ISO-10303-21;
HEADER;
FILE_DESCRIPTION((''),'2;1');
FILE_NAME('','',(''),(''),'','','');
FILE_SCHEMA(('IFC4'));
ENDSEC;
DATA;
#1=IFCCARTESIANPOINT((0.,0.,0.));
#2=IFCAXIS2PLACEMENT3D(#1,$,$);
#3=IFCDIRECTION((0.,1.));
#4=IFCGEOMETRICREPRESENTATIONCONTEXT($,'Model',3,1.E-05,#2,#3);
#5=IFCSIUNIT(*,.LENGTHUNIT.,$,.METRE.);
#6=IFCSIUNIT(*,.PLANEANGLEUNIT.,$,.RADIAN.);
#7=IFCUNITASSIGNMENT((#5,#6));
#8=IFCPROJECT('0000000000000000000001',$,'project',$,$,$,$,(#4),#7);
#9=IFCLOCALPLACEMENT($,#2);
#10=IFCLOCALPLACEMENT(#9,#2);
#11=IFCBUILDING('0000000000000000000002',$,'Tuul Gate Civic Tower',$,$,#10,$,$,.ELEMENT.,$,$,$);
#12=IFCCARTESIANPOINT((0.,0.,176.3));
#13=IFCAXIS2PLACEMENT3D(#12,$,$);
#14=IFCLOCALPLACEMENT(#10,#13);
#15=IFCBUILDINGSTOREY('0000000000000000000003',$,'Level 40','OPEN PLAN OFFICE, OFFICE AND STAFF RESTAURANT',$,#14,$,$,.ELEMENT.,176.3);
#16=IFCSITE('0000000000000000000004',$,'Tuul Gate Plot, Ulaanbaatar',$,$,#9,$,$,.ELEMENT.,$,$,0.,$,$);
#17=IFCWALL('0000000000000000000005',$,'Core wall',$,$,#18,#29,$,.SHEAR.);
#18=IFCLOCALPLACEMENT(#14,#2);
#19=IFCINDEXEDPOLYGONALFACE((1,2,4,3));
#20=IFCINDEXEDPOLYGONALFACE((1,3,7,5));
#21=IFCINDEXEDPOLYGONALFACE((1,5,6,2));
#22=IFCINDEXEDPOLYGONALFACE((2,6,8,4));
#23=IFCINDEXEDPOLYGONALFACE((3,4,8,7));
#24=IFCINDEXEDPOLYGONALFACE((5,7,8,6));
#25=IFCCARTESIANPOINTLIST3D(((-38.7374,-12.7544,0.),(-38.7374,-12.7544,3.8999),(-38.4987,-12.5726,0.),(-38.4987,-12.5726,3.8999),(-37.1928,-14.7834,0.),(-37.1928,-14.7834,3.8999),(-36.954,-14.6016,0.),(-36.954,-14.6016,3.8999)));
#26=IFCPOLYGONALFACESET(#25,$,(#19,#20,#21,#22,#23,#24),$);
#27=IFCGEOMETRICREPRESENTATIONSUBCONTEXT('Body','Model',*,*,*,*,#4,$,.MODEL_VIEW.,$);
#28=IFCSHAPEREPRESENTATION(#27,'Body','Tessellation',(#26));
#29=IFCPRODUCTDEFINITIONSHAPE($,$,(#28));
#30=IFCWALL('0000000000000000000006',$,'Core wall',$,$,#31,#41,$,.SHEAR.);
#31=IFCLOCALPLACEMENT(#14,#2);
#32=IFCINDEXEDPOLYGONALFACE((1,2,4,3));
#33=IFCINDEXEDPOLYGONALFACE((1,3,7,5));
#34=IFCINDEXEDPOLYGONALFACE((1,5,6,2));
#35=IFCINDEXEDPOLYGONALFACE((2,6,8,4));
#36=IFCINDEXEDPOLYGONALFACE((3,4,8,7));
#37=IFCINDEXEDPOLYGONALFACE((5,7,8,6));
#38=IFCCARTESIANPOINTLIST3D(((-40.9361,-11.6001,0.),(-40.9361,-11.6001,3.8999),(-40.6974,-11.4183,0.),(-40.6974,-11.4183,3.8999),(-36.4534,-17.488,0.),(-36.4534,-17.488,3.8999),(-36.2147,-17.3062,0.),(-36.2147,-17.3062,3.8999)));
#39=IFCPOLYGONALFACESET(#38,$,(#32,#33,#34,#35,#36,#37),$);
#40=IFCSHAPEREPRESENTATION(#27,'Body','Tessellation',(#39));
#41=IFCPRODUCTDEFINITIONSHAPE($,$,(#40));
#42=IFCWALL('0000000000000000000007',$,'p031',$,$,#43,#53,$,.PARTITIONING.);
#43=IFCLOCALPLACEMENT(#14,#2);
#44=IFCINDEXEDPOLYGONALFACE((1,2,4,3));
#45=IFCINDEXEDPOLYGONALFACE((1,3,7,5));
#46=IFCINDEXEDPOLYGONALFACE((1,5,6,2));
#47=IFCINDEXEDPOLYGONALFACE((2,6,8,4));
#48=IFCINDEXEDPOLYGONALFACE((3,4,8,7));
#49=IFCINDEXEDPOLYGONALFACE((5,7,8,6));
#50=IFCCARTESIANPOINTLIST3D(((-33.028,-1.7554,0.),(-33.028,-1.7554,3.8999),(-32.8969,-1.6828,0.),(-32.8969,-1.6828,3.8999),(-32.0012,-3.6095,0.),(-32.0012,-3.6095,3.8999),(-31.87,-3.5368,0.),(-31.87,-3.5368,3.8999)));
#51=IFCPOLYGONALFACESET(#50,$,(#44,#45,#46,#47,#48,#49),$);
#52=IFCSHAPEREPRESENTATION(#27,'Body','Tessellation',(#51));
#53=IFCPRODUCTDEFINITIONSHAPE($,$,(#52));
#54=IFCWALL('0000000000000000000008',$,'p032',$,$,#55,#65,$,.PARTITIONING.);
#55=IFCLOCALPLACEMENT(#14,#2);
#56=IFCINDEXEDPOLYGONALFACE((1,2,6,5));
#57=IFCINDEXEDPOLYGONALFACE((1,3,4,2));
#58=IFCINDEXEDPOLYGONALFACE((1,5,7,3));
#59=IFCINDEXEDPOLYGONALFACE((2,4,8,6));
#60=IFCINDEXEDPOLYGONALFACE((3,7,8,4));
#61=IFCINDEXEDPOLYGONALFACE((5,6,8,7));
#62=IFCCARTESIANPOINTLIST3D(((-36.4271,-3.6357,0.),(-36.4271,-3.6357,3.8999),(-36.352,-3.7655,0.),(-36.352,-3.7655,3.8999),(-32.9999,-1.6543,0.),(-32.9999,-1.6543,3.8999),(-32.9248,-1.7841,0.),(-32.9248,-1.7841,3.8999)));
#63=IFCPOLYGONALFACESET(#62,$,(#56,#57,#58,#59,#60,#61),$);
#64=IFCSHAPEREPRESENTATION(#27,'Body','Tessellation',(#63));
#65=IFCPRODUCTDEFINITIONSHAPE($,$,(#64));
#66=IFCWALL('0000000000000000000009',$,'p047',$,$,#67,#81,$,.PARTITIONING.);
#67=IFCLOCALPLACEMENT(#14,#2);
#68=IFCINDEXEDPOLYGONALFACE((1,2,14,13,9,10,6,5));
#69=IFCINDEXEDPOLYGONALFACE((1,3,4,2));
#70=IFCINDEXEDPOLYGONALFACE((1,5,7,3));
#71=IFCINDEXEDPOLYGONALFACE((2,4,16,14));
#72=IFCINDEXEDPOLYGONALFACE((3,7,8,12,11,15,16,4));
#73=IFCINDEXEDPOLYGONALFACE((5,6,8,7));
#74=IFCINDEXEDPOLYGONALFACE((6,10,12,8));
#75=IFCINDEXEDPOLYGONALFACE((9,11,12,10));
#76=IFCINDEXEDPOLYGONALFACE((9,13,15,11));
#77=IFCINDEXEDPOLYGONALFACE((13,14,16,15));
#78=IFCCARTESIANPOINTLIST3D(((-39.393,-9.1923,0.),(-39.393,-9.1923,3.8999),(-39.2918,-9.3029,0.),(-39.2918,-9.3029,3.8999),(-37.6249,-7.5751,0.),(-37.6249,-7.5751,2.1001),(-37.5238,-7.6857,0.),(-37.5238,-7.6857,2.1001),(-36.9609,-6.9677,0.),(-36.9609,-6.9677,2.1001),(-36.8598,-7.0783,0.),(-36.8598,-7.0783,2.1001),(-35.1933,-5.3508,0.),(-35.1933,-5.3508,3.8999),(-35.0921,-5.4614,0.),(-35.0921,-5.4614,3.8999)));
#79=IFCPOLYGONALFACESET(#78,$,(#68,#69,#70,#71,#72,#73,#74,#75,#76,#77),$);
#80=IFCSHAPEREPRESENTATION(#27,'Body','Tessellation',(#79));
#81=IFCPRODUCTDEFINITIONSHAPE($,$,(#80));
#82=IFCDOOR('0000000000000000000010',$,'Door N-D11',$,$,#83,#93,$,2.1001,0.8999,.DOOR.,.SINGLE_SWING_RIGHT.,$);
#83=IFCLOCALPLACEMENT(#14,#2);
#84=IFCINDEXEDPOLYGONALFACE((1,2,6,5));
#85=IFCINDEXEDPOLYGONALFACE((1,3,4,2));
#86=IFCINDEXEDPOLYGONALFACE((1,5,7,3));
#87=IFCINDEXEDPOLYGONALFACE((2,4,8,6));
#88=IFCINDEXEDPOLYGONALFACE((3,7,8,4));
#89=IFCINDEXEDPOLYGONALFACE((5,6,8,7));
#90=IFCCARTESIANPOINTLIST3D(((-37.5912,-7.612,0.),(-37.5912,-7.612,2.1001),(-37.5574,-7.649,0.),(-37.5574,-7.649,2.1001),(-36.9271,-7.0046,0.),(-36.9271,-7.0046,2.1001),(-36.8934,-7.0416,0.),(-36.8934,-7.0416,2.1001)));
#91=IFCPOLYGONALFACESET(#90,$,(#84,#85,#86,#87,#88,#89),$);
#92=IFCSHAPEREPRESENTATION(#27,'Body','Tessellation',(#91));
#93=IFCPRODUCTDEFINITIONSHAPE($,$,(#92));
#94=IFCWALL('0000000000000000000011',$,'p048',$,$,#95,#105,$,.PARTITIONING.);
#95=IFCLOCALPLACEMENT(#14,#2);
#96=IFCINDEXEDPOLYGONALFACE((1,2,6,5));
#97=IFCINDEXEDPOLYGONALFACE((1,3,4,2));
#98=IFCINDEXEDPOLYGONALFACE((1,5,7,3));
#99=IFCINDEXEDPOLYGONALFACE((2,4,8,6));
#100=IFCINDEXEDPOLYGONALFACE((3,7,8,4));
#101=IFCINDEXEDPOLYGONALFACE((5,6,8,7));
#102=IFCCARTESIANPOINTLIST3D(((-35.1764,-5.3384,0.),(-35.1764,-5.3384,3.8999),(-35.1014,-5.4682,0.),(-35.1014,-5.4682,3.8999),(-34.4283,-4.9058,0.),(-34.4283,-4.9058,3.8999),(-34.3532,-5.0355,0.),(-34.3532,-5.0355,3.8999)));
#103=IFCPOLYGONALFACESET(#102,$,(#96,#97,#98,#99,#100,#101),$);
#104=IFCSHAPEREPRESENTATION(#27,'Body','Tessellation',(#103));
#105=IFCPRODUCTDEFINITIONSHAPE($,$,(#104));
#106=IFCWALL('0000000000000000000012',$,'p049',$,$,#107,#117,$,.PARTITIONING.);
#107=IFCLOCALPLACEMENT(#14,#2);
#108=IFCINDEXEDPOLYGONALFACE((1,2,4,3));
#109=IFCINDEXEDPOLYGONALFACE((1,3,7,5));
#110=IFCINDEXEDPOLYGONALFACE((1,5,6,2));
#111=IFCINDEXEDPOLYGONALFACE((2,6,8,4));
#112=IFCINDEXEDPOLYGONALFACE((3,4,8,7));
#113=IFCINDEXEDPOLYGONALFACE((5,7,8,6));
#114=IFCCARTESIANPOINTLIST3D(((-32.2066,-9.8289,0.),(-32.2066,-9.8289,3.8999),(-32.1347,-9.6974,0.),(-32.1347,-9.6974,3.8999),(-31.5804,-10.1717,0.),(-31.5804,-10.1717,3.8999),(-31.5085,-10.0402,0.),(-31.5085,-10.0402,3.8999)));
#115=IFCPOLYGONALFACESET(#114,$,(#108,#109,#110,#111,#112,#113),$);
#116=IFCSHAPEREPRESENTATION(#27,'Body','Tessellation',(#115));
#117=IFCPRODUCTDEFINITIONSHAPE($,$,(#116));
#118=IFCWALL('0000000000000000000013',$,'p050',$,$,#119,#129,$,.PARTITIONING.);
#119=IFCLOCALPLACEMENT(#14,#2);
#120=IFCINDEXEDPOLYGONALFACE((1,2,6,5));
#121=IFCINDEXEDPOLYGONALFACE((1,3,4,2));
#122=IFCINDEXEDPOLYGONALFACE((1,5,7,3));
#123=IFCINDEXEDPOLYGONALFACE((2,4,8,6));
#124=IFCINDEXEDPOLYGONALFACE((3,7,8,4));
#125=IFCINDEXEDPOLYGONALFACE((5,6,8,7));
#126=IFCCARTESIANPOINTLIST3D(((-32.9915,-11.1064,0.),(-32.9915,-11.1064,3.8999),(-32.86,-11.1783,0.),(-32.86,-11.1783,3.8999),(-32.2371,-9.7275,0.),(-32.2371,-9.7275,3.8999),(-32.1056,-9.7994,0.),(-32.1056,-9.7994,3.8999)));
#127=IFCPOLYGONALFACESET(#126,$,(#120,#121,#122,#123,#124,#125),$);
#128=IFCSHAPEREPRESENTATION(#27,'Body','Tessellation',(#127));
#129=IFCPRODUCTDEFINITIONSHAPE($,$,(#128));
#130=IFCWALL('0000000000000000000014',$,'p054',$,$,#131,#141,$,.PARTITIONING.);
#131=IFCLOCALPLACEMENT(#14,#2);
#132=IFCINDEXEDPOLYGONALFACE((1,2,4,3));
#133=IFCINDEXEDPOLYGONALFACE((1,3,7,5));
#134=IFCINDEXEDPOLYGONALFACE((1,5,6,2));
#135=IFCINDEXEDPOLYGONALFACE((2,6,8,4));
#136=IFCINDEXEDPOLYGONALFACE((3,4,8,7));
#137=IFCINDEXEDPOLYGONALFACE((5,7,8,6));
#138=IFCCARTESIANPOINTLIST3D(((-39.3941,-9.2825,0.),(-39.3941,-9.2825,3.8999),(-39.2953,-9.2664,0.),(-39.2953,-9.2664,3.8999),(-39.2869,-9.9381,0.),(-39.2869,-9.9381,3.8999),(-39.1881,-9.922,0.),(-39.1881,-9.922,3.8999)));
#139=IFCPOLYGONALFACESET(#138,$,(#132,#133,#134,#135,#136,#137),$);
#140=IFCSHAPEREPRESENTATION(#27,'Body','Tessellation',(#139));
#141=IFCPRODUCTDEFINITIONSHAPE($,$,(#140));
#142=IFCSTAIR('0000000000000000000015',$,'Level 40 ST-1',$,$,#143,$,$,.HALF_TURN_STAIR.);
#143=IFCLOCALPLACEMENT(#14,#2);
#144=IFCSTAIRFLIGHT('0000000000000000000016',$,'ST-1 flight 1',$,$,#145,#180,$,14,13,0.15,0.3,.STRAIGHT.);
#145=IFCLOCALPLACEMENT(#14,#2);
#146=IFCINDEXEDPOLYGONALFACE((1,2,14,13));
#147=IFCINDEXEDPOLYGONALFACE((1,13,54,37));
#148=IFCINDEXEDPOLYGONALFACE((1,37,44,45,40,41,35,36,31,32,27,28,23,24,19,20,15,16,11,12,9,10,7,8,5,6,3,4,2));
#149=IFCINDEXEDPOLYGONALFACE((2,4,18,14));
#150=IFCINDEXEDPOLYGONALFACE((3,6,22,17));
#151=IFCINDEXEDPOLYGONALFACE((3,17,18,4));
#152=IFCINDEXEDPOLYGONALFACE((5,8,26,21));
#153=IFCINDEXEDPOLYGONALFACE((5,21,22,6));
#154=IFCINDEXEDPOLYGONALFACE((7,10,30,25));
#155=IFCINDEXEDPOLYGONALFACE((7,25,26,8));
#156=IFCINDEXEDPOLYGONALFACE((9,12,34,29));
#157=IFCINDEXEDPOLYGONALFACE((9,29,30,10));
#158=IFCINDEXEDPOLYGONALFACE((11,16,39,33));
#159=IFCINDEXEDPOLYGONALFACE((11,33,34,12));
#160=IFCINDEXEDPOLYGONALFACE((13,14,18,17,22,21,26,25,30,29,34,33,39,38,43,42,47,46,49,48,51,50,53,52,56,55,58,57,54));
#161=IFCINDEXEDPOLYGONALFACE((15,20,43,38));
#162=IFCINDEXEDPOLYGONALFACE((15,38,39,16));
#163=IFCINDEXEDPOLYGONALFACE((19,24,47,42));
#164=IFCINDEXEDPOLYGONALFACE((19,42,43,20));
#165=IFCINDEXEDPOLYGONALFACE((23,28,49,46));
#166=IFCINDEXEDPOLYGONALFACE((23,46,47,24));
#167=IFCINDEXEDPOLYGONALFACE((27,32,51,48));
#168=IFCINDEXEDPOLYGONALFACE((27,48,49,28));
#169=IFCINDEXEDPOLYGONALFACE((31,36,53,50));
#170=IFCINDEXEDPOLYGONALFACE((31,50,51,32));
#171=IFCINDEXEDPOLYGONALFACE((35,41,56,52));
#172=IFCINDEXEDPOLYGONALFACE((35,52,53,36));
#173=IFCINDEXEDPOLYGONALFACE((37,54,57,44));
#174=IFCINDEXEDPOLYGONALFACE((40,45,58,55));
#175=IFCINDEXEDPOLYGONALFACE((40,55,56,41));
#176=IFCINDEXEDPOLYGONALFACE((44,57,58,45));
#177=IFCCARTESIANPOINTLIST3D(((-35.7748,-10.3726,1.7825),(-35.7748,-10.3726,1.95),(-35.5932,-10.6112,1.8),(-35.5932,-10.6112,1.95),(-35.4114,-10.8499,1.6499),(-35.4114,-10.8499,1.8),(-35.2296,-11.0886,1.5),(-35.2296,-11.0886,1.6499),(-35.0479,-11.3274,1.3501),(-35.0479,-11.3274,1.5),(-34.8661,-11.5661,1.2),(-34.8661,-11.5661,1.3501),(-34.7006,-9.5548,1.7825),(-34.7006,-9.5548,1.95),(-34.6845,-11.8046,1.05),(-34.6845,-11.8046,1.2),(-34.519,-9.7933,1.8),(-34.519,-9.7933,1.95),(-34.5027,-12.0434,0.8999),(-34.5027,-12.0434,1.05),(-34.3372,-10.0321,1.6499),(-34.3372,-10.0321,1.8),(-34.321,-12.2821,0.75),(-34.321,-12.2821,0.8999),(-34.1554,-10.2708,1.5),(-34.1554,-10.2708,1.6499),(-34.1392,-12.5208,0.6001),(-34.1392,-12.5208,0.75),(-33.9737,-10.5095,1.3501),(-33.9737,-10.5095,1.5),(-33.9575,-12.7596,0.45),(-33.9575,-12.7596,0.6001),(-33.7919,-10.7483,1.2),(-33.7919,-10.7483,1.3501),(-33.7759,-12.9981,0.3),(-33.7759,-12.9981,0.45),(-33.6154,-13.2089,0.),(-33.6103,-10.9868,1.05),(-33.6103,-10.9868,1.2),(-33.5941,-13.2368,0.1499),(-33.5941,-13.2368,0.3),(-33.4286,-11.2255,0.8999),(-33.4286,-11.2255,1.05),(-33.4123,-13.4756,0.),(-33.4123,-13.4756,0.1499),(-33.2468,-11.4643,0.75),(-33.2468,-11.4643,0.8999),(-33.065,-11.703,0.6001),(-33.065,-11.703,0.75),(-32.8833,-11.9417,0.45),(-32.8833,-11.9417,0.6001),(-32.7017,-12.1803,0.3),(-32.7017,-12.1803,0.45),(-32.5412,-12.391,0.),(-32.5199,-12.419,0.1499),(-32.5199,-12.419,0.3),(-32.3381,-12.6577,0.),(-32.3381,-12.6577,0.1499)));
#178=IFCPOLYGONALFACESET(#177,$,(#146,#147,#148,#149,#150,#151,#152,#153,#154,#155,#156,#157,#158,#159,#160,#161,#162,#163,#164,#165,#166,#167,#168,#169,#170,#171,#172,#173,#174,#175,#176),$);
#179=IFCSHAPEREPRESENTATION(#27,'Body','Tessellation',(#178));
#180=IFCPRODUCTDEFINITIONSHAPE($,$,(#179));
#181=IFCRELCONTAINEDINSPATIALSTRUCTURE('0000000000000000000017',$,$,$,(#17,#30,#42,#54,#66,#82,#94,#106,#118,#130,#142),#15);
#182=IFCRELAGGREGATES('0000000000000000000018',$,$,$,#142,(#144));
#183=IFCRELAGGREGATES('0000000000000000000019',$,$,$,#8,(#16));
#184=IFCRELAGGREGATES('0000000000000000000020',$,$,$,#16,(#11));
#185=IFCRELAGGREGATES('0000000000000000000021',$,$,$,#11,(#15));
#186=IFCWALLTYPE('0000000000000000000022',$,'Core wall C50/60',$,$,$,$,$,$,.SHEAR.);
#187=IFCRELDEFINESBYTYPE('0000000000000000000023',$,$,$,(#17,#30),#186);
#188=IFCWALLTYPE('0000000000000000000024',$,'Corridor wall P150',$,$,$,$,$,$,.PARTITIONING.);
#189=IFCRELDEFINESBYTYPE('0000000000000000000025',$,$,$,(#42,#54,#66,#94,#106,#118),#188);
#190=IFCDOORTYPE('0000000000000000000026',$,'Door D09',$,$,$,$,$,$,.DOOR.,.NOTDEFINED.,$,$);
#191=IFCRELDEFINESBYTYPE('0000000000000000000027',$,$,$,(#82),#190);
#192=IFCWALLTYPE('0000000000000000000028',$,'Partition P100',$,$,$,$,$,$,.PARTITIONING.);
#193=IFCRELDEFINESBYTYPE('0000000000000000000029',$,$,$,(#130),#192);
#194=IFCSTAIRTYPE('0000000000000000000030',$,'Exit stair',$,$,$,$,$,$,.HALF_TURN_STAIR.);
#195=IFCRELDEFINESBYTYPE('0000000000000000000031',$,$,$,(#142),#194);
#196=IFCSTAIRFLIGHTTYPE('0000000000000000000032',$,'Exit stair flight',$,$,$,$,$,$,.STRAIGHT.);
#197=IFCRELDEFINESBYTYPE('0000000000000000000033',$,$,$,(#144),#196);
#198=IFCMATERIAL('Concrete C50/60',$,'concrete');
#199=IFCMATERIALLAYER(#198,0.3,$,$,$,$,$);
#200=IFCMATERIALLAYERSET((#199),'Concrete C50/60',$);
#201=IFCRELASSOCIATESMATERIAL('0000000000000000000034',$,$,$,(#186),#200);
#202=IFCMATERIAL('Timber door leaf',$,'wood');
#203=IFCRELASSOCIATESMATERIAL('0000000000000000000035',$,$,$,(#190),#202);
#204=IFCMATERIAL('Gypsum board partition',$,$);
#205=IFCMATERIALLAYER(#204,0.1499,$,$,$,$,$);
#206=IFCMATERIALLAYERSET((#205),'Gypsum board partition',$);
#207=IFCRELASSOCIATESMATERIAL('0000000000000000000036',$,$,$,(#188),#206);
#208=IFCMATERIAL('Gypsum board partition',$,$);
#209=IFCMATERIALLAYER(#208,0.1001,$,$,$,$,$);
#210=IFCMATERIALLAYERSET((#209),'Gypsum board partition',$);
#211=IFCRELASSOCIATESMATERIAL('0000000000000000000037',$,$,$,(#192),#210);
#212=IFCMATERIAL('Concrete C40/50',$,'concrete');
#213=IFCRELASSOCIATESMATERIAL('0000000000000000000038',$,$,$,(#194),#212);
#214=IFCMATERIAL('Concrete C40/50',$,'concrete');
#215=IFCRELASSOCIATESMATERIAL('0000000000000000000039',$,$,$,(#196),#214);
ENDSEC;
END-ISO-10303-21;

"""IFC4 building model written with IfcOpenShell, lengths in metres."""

from ifc_helpers import new_model, si_unit, direction, frame, frame_2d, origin, place, context, subcontext, project, spatial, polyline, rectangle, outline, extrude, material, layer, layer_set, type_object, element, fill, aggregate, save


model = new_model("IFC4")

# Units and contexts
model_context = context("Model", 3, precision=1e-05, world=origin(), true_north=direction((0.0, 1.0)))
body_context = subcontext(model_context, "Body", "Model", "MODEL_VIEW")
ifc_project = project(units=[si_unit("LENGTHUNIT", "METRE"), si_unit("PLANEANGLEUNIT", "RADIAN")], contexts=[model_context])

# Site, building, storey
site_placement = place(None, origin())
site = spatial("IfcSite", under=ifc_project, at=site_placement, Name="Tuul Gate Plot, Ulaanbaatar", CompositionType="ELEMENT", RefElevation=0.0)
building_placement = place(site_placement, origin())
building = spatial("IfcBuilding", under=site, at=building_placement, Name="Tuul Gate Civic Tower", CompositionType="ELEMENT")
storey_placement = place(building_placement, frame((0.0, 0.0, 176.3)))
storey = spatial("IfcBuildingStorey", under=building, at=storey_placement, Name="Level 40", Description="OPEN PLAN OFFICE, OFFICE AND STAFF RESTAURANT", CompositionType="ELEMENT", Elevation=176.3)

# Shared definitions
ifc_material_1 = material(Name="Concrete C50/60", Category="concrete")
ifc_layer_1 = layer(ifc_material_1, 0.3)
ifc_layer_set_1 = layer_set([ifc_layer_1], Name="Concrete C50/60")
wall_type_1 = type_object("IfcWallType", Name="Core wall C50/60", PredefinedType="SHEAR", material=ifc_layer_set_1)

# Shared definitions
ifc_material_2 = material(Name="Timber door leaf", Category="wood")
door_type_1 = type_object("IfcDoorType", Name="Door D09", OperationType="NOTDEFINED", PredefinedType="DOOR", material=ifc_material_2)

# Walls
wall_1_placement = place(storey_placement, frame((-37.0735, -14.6924, 0.0), z_axis=(0.0, 0.0, 1.0), x_axis=(-0.605729, 0.795671, 0.0)))
element("IfcWall", 1, at=wall_1_placement, inside=storey, type_object=wall_type_1, Name="Core wall", PredefinedType="SHEAR", context=body_context, shape_type="SweptSolid", body=[
    extrude(rectangle(XDim=2.55, YDim=0.3, at=frame_2d((1.2749, 0.0))), origin(), (0.0, 0.0, 1.0), 3.8999),
])
wall_2_placement = place(storey_placement, frame((-36.334, -17.3972, 0.0), z_axis=(0.0, 0.0, 1.0), x_axis=(-0.605754, 0.795652, 0.0)))
element("IfcWall", 2, at=wall_2_placement, inside=storey, type_object=wall_type_1, Name="Core wall", PredefinedType="SHEAR", context=body_context, shape_type="SweptSolid", body=[
    extrude(rectangle(XDim=7.4001, YDim=0.3, at=frame_2d((3.7002, 0.0))), origin(), (0.0, 0.0, 1.0), 3.8999),
])
ifc_material_3 = material(Name="Gypsum board partition")
ifc_layer_2 = layer(ifc_material_3, 0.1499)
ifc_layer_set_2 = layer_set([ifc_layer_2], Name="Gypsum board partition")
wall_type_2 = type_object("IfcWallType", Name="Corridor wall P150", PredefinedType="PARTITIONING", material=ifc_layer_set_2)
wall_3_placement = place(storey_placement, frame((-32.9624, -1.7192, 0.0), z_axis=(0.0, 0.0, 1.0), x_axis=(0.484508, -0.874787, 0.0)))
element("IfcWall", 3, at=wall_3_placement, inside=storey, type_object=wall_type_2, Name="p031", PredefinedType="PARTITIONING", context=body_context, shape_type="SweptSolid", body=[
    extrude(rectangle(XDim=2.1194, YDim=0.1499, at=frame_2d((1.0596, 0.0))), origin(), (0.0, 0.0, 1.0), 3.8999),
])
wall_4_placement = place(storey_placement, frame((-36.3896, -3.7007, 0.0), z_axis=(0.0, 0.0, 1.0), x_axis=(0.865727, 0.500516, 0.0)))
element("IfcWall", 4, at=wall_4_placement, inside=storey, type_object=wall_type_2, Name="p032", PredefinedType="PARTITIONING", context=body_context, shape_type="SweptSolid", body=[
    extrude(rectangle(XDim=3.9587, YDim=0.1499, at=frame_2d((1.9795, 0.0))), origin(), (0.0, 0.0, 1.0), 3.8999),
])

# Wall, opening, door
wall_5_placement = place(storey_placement, frame((-39.3423, -9.2476, 0.0), z_axis=(0.0, 0.0, 1.0), x_axis=(0.737869, 0.674943, 0.0)))
wall_5 = element("IfcWall", 5, at=wall_5_placement, inside=storey, type_object=wall_type_2, Name="p047", PredefinedType="PARTITIONING", context=body_context, shape_type="SweptSolid", body=[
    extrude(rectangle(XDim=5.6917, YDim=0.1499, at=frame_2d((2.8457, 0.0))), origin(), (0.0, 0.0, 1.0), 3.8999),
])
opening_1_placement = place(wall_5_placement, frame((2.396, 0.0, 0.0)))
opening_1 = element("IfcOpeningElement", 6, at=opening_1_placement, cuts=wall_5, PredefinedType="OPENING", context=body_context, shape_type="SweptSolid", body=[
    extrude(rectangle(XDim=0.8999, YDim=2.1001, at=frame_2d((0.45, 1.05))), frame((0.0, 0.085, 0.0), z_axis=(0.0, -1.0, 0.0), x_axis=(1.0, 0.0, 0.0)), (0.0, 0.0, 1.0), 0.1699),
])
door_1_placement = place(opening_1_placement, origin())
door_1 = element("IfcDoor", 7, at=door_1_placement, inside=storey, type_object=door_type_1, Name="Door N-D11", OperationType="SINGLE_SWING_RIGHT", OverallHeight=2.1001, OverallWidth=0.8999, PredefinedType="DOOR", context=body_context, shape_type="SweptSolid", body=[
    extrude(rectangle(XDim=0.8999, YDim=2.1001, at=frame_2d((0.45, 1.05))), frame((0.0, 0.0249, 0.0), z_axis=(0.0, -1.0, 0.0), x_axis=(1.0, 0.0, 0.0)), (0.0, 0.0, 1.0), 0.05),
])
fill(opening_1, door_1)

# Walls
wall_6_placement = place(storey_placement, frame((-35.1389, -5.4033, 0.0), z_axis=(0.0, 0.0, 1.0), x_axis=(0.865658, 0.500635, 0.0)))
element("IfcWall", 8, at=wall_6_placement, inside=storey, type_object=wall_type_2, Name="p048", PredefinedType="PARTITIONING", context=body_context, shape_type="SweptSolid", body=[
    extrude(rectangle(XDim=0.8643, YDim=0.1499, at=frame_2d((0.4321, 0.0))), origin(), (0.0, 0.0, 1.0), 3.8999),
])
wall_7_placement = place(storey_placement, frame((-32.1707, -9.7632, 0.0), z_axis=(0.0, 0.0, 1.0), x_axis=(0.877189, -0.480145, 0.0)))
element("IfcWall", 9, at=wall_7_placement, inside=storey, type_object=wall_type_2, Name="p049", PredefinedType="PARTITIONING", context=body_context, shape_type="SweptSolid", body=[
    extrude(rectangle(XDim=0.7139, YDim=0.1499, at=frame_2d((0.3569, 0.0))), origin(), (0.0, 0.0, 1.0), 3.8999),
])
wall_8_placement = place(storey_placement, frame((-32.9258, -11.1423, 0.0), z_axis=(0.0, 0.0, 1.0), x_axis=(0.479962, 0.877289, 0.0)))
element("IfcWall", 10, at=wall_8_placement, inside=storey, type_object=wall_type_2, Name="p050", PredefinedType="PARTITIONING", context=body_context, shape_type="SweptSolid", body=[
    extrude(rectangle(XDim=1.5718, YDim=0.1499, at=frame_2d((0.7859, 0.0))), origin(), (0.0, 0.0, 1.0), 3.8999),
])
ifc_material_4 = material(Name="Gypsum board partition")
ifc_layer_3 = layer(ifc_material_4, 0.1001)
ifc_layer_set_3 = layer_set([ifc_layer_3], Name="Gypsum board partition")
wall_type_3 = type_object("IfcWallType", Name="Partition P100", PredefinedType="PARTITIONING", material=ifc_layer_set_3)
wall_9_placement = place(storey_placement, frame((-39.2375, -9.9299, 0.0), z_axis=(0.0, 0.0, 1.0), x_axis=(-0.161358, 0.986896, 0.0)))
element("IfcWall", 11, at=wall_9_placement, inside=storey, type_object=wall_type_3, Name="p054", PredefinedType="PARTITIONING", context=body_context, shape_type="SweptSolid", body=[
    extrude(rectangle(XDim=0.6643, YDim=0.1001, at=frame_2d((0.332, 0.0))), origin(), (0.0, 0.0, 1.0), 3.8999),
])

# Stair, stair flight
ifc_material_5 = material(Name="Concrete C40/50", Category="concrete")
stair_type = type_object("IfcStairType", Name="Exit stair", PredefinedType="HALF_TURN_STAIR", material=ifc_material_5)
stair_placement = place(storey_placement, origin())
stair = element("IfcStair", 12, at=stair_placement, inside=storey, type_object=stair_type, Name="Level 40 ST-1", PredefinedType="HALF_TURN_STAIR")
ifc_material_6 = material(Name="Concrete C40/50", Category="concrete")
stair_flight_type = type_object("IfcStairFlightType", Name="Exit stair flight", PredefinedType="STRAIGHT", material=ifc_material_6)
stair_flight_1_placement = place(storey_placement, frame((-32.8752, -13.0667, 0.0), z_axis=(0.0, 0.0, 1.0), x_axis=(-0.605764, 0.795644, 0.0)))
stair_flight_1 = element("IfcStairFlight", 13, at=stair_flight_1_placement, type_object=stair_flight_type, Name="ST-1 flight 1", NumberOfRisers=14, NumberOfTreads=13, PredefinedType="STRAIGHT", RiserHeight=0.15, TreadLength=0.3, context=body_context, shape_type="SweptSolid", body=[
    extrude(outline(polyline([(0.0, 0.0), (0.0, 0.1499), (0.3, 0.1499), (0.3, 0.3), (0.6001, 0.3), (0.6001, 0.45), (0.8999, 0.45), (0.8999, 0.6001), (1.2, 0.6001), (1.2, 0.75), (1.5, 0.75), (1.5, 0.8999), (1.8, 0.8999), (1.8, 1.05), (2.1001, 1.05), (2.1001, 1.2), (2.3999, 1.2), (2.3999, 1.3501), (2.7, 1.3501), (2.7, 1.5), (3.0, 1.5), (3.0, 1.6499), (3.3, 1.6499), (3.3, 1.8), (3.6001, 1.8), (3.6001, 1.95), (3.8999, 1.95), (3.8999, 2.1001), (3.8999, 1.7825), (0.3352, 0.0), (0.0, 0.0)])), frame((0.0, 0.675, 0.0), z_axis=(0.0, -1.0, 0.0), x_axis=(1.0, 0.0, 0.0)), (0.0, 0.0, 1.0), 1.3501),
])
aggregate(stair, [stair_flight_1])

save(model, "model.ifc")
